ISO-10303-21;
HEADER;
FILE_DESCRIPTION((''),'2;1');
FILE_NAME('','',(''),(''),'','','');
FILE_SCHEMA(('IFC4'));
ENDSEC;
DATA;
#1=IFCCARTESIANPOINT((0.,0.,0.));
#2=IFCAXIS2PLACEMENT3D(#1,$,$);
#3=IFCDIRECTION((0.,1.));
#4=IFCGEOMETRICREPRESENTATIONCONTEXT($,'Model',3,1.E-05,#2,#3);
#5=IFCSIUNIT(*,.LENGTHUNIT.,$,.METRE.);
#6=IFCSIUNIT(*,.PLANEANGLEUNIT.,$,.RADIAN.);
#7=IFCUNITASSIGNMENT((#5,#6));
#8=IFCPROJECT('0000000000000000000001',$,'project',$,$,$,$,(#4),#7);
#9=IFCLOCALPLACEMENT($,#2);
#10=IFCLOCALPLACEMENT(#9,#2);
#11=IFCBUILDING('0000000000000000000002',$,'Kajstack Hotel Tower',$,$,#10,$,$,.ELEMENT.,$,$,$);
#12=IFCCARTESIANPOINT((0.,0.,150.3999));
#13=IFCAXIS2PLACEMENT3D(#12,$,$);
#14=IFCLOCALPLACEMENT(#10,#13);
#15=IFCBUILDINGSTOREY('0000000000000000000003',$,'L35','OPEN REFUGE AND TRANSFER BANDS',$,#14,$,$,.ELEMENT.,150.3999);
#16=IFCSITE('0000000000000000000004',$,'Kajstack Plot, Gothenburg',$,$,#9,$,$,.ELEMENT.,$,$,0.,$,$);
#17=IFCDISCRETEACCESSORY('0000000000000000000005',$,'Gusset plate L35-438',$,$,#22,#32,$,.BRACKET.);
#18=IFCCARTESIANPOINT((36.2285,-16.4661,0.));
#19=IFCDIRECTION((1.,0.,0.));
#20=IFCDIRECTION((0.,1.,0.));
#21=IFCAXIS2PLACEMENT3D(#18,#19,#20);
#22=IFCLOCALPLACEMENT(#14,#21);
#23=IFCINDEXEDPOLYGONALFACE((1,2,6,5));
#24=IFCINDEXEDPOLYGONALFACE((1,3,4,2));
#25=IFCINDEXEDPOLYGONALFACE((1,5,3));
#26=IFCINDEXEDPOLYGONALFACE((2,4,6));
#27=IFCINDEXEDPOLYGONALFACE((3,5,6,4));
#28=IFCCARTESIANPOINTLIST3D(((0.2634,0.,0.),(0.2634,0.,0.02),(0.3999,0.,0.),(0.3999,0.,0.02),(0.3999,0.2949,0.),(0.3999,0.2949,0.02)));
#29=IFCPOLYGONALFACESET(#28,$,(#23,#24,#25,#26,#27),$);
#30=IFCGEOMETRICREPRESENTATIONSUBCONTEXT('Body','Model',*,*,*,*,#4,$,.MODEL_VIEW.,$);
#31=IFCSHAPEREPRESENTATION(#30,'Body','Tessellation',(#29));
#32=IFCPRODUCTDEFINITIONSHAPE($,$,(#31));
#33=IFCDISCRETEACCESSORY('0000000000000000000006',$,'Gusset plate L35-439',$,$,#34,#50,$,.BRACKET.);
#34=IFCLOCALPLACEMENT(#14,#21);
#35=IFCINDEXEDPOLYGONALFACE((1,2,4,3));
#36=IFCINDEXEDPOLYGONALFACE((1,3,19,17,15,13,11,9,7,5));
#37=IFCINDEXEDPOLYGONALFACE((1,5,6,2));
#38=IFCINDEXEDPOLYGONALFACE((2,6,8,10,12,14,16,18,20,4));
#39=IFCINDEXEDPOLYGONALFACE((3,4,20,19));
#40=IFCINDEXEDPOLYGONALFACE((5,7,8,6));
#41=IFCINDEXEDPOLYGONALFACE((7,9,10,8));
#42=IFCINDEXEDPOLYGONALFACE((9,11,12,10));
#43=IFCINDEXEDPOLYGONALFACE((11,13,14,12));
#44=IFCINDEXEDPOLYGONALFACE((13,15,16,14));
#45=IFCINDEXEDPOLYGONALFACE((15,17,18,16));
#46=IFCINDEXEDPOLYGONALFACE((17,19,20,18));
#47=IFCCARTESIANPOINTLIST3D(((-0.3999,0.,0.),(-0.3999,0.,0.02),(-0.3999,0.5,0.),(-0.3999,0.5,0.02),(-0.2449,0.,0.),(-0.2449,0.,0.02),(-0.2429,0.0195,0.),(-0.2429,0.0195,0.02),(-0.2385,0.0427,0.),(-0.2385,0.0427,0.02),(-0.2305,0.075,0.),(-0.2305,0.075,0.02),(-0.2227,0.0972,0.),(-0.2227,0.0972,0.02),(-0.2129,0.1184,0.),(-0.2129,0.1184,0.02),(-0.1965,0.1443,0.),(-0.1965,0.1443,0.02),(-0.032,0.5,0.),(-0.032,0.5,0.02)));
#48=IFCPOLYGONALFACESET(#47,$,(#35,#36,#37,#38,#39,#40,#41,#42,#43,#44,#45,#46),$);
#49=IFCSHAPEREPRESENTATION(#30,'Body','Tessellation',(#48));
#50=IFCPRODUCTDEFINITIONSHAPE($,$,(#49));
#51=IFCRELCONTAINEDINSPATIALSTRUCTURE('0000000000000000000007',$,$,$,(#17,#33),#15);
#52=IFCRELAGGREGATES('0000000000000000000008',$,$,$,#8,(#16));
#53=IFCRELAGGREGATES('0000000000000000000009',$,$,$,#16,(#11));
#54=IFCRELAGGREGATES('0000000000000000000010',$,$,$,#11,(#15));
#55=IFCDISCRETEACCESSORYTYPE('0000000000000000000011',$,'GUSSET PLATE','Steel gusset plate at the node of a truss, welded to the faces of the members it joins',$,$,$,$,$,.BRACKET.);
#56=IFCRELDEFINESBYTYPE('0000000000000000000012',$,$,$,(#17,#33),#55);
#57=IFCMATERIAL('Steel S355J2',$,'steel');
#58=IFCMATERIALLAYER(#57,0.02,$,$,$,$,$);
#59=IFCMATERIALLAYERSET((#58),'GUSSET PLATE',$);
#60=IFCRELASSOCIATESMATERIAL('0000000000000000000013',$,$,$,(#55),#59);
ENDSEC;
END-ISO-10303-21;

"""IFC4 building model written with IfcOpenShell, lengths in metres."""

from ifc_helpers import new_model, si_unit, direction, frame, origin, place, context, subcontext, project, spatial, polyline, outline, extrude, material, layer, layer_set, type_object, element, save


model = new_model("IFC4")

# Units and contexts
model_context = context("Model", 3, precision=1e-05, world=origin(), true_north=direction((0.0, 1.0)))
body_context = subcontext(model_context, "Body", "Model", "MODEL_VIEW")
ifc_project = project(units=[si_unit("LENGTHUNIT", "METRE"), si_unit("PLANEANGLEUNIT", "RADIAN")], contexts=[model_context])

# Site, building, storey
site_placement = place(None, origin())
site = spatial("IfcSite", under=ifc_project, at=site_placement, Name="Kajstack Plot, Gothenburg", CompositionType="ELEMENT", RefElevation=0.0)
building_placement = place(site_placement, origin())
building = spatial("IfcBuilding", under=site, at=building_placement, Name="Kajstack Hotel Tower", CompositionType="ELEMENT")
storey_placement = place(building_placement, frame((0.0, 0.0, 150.3999)))
storey = spatial("IfcBuildingStorey", under=building, at=storey_placement, Name="L35", Description="OPEN REFUGE AND TRANSFER BANDS", CompositionType="ELEMENT", Elevation=150.3999)

# Shared definitions
ifc_material = material(Name="Steel S355J2", Category="steel")

# Discrete accessories
ifc_layer = layer(ifc_material, 0.02)
ifc_layer_set = layer_set([ifc_layer], Name="GUSSET PLATE")
discrete_accessory_type = type_object("IfcDiscreteAccessoryType", Name="GUSSET PLATE", Description="Steel gusset plate at the node of a truss, welded to the faces of the members it joins", PredefinedType="BRACKET", material=ifc_layer_set)
discrete_accessory_1_placement = place(storey_placement, frame((36.2285, -16.4661, 0.0), z_axis=(1.0, 0.0, 0.0), x_axis=(0.0, 1.0, 0.0)))
element("IfcDiscreteAccessory", 1, at=discrete_accessory_1_placement, inside=storey, type_object=discrete_accessory_type, Name="Gusset plate L35-438", PredefinedType="BRACKET", context=body_context, shape_type="SweptSolid", body=[
    extrude(outline(polyline([(0.3999, 0.0), (0.3999, 0.2949), (0.2634, 0.0), (0.3999, 0.0)])), origin(), (0.0, 0.0, 1.0), 0.02),
])
discrete_accessory_2_placement = place(storey_placement, frame((36.2285, -16.4661, 0.0), z_axis=(1.0, 0.0, 0.0), x_axis=(0.0, 1.0, 0.0)))
element("IfcDiscreteAccessory", 2, at=discrete_accessory_2_placement, inside=storey, type_object=discrete_accessory_type, Name="Gusset plate L35-439", PredefinedType="BRACKET", context=body_context, shape_type="SweptSolid", body=[
    extrude(outline(polyline([(-0.3999, 0.0), (-0.2449, 0.0), (-0.2429, 0.0195), (-0.2385, 0.0427), (-0.2305, 0.075), (-0.2227, 0.0972), (-0.2129, 0.1184), (-0.1965, 0.1443), (-0.032, 0.5), (-0.3999, 0.5), (-0.3999, 0.0)])), origin(), (0.0, 0.0, 1.0), 0.02),
])

save(model, "model.ifc")
